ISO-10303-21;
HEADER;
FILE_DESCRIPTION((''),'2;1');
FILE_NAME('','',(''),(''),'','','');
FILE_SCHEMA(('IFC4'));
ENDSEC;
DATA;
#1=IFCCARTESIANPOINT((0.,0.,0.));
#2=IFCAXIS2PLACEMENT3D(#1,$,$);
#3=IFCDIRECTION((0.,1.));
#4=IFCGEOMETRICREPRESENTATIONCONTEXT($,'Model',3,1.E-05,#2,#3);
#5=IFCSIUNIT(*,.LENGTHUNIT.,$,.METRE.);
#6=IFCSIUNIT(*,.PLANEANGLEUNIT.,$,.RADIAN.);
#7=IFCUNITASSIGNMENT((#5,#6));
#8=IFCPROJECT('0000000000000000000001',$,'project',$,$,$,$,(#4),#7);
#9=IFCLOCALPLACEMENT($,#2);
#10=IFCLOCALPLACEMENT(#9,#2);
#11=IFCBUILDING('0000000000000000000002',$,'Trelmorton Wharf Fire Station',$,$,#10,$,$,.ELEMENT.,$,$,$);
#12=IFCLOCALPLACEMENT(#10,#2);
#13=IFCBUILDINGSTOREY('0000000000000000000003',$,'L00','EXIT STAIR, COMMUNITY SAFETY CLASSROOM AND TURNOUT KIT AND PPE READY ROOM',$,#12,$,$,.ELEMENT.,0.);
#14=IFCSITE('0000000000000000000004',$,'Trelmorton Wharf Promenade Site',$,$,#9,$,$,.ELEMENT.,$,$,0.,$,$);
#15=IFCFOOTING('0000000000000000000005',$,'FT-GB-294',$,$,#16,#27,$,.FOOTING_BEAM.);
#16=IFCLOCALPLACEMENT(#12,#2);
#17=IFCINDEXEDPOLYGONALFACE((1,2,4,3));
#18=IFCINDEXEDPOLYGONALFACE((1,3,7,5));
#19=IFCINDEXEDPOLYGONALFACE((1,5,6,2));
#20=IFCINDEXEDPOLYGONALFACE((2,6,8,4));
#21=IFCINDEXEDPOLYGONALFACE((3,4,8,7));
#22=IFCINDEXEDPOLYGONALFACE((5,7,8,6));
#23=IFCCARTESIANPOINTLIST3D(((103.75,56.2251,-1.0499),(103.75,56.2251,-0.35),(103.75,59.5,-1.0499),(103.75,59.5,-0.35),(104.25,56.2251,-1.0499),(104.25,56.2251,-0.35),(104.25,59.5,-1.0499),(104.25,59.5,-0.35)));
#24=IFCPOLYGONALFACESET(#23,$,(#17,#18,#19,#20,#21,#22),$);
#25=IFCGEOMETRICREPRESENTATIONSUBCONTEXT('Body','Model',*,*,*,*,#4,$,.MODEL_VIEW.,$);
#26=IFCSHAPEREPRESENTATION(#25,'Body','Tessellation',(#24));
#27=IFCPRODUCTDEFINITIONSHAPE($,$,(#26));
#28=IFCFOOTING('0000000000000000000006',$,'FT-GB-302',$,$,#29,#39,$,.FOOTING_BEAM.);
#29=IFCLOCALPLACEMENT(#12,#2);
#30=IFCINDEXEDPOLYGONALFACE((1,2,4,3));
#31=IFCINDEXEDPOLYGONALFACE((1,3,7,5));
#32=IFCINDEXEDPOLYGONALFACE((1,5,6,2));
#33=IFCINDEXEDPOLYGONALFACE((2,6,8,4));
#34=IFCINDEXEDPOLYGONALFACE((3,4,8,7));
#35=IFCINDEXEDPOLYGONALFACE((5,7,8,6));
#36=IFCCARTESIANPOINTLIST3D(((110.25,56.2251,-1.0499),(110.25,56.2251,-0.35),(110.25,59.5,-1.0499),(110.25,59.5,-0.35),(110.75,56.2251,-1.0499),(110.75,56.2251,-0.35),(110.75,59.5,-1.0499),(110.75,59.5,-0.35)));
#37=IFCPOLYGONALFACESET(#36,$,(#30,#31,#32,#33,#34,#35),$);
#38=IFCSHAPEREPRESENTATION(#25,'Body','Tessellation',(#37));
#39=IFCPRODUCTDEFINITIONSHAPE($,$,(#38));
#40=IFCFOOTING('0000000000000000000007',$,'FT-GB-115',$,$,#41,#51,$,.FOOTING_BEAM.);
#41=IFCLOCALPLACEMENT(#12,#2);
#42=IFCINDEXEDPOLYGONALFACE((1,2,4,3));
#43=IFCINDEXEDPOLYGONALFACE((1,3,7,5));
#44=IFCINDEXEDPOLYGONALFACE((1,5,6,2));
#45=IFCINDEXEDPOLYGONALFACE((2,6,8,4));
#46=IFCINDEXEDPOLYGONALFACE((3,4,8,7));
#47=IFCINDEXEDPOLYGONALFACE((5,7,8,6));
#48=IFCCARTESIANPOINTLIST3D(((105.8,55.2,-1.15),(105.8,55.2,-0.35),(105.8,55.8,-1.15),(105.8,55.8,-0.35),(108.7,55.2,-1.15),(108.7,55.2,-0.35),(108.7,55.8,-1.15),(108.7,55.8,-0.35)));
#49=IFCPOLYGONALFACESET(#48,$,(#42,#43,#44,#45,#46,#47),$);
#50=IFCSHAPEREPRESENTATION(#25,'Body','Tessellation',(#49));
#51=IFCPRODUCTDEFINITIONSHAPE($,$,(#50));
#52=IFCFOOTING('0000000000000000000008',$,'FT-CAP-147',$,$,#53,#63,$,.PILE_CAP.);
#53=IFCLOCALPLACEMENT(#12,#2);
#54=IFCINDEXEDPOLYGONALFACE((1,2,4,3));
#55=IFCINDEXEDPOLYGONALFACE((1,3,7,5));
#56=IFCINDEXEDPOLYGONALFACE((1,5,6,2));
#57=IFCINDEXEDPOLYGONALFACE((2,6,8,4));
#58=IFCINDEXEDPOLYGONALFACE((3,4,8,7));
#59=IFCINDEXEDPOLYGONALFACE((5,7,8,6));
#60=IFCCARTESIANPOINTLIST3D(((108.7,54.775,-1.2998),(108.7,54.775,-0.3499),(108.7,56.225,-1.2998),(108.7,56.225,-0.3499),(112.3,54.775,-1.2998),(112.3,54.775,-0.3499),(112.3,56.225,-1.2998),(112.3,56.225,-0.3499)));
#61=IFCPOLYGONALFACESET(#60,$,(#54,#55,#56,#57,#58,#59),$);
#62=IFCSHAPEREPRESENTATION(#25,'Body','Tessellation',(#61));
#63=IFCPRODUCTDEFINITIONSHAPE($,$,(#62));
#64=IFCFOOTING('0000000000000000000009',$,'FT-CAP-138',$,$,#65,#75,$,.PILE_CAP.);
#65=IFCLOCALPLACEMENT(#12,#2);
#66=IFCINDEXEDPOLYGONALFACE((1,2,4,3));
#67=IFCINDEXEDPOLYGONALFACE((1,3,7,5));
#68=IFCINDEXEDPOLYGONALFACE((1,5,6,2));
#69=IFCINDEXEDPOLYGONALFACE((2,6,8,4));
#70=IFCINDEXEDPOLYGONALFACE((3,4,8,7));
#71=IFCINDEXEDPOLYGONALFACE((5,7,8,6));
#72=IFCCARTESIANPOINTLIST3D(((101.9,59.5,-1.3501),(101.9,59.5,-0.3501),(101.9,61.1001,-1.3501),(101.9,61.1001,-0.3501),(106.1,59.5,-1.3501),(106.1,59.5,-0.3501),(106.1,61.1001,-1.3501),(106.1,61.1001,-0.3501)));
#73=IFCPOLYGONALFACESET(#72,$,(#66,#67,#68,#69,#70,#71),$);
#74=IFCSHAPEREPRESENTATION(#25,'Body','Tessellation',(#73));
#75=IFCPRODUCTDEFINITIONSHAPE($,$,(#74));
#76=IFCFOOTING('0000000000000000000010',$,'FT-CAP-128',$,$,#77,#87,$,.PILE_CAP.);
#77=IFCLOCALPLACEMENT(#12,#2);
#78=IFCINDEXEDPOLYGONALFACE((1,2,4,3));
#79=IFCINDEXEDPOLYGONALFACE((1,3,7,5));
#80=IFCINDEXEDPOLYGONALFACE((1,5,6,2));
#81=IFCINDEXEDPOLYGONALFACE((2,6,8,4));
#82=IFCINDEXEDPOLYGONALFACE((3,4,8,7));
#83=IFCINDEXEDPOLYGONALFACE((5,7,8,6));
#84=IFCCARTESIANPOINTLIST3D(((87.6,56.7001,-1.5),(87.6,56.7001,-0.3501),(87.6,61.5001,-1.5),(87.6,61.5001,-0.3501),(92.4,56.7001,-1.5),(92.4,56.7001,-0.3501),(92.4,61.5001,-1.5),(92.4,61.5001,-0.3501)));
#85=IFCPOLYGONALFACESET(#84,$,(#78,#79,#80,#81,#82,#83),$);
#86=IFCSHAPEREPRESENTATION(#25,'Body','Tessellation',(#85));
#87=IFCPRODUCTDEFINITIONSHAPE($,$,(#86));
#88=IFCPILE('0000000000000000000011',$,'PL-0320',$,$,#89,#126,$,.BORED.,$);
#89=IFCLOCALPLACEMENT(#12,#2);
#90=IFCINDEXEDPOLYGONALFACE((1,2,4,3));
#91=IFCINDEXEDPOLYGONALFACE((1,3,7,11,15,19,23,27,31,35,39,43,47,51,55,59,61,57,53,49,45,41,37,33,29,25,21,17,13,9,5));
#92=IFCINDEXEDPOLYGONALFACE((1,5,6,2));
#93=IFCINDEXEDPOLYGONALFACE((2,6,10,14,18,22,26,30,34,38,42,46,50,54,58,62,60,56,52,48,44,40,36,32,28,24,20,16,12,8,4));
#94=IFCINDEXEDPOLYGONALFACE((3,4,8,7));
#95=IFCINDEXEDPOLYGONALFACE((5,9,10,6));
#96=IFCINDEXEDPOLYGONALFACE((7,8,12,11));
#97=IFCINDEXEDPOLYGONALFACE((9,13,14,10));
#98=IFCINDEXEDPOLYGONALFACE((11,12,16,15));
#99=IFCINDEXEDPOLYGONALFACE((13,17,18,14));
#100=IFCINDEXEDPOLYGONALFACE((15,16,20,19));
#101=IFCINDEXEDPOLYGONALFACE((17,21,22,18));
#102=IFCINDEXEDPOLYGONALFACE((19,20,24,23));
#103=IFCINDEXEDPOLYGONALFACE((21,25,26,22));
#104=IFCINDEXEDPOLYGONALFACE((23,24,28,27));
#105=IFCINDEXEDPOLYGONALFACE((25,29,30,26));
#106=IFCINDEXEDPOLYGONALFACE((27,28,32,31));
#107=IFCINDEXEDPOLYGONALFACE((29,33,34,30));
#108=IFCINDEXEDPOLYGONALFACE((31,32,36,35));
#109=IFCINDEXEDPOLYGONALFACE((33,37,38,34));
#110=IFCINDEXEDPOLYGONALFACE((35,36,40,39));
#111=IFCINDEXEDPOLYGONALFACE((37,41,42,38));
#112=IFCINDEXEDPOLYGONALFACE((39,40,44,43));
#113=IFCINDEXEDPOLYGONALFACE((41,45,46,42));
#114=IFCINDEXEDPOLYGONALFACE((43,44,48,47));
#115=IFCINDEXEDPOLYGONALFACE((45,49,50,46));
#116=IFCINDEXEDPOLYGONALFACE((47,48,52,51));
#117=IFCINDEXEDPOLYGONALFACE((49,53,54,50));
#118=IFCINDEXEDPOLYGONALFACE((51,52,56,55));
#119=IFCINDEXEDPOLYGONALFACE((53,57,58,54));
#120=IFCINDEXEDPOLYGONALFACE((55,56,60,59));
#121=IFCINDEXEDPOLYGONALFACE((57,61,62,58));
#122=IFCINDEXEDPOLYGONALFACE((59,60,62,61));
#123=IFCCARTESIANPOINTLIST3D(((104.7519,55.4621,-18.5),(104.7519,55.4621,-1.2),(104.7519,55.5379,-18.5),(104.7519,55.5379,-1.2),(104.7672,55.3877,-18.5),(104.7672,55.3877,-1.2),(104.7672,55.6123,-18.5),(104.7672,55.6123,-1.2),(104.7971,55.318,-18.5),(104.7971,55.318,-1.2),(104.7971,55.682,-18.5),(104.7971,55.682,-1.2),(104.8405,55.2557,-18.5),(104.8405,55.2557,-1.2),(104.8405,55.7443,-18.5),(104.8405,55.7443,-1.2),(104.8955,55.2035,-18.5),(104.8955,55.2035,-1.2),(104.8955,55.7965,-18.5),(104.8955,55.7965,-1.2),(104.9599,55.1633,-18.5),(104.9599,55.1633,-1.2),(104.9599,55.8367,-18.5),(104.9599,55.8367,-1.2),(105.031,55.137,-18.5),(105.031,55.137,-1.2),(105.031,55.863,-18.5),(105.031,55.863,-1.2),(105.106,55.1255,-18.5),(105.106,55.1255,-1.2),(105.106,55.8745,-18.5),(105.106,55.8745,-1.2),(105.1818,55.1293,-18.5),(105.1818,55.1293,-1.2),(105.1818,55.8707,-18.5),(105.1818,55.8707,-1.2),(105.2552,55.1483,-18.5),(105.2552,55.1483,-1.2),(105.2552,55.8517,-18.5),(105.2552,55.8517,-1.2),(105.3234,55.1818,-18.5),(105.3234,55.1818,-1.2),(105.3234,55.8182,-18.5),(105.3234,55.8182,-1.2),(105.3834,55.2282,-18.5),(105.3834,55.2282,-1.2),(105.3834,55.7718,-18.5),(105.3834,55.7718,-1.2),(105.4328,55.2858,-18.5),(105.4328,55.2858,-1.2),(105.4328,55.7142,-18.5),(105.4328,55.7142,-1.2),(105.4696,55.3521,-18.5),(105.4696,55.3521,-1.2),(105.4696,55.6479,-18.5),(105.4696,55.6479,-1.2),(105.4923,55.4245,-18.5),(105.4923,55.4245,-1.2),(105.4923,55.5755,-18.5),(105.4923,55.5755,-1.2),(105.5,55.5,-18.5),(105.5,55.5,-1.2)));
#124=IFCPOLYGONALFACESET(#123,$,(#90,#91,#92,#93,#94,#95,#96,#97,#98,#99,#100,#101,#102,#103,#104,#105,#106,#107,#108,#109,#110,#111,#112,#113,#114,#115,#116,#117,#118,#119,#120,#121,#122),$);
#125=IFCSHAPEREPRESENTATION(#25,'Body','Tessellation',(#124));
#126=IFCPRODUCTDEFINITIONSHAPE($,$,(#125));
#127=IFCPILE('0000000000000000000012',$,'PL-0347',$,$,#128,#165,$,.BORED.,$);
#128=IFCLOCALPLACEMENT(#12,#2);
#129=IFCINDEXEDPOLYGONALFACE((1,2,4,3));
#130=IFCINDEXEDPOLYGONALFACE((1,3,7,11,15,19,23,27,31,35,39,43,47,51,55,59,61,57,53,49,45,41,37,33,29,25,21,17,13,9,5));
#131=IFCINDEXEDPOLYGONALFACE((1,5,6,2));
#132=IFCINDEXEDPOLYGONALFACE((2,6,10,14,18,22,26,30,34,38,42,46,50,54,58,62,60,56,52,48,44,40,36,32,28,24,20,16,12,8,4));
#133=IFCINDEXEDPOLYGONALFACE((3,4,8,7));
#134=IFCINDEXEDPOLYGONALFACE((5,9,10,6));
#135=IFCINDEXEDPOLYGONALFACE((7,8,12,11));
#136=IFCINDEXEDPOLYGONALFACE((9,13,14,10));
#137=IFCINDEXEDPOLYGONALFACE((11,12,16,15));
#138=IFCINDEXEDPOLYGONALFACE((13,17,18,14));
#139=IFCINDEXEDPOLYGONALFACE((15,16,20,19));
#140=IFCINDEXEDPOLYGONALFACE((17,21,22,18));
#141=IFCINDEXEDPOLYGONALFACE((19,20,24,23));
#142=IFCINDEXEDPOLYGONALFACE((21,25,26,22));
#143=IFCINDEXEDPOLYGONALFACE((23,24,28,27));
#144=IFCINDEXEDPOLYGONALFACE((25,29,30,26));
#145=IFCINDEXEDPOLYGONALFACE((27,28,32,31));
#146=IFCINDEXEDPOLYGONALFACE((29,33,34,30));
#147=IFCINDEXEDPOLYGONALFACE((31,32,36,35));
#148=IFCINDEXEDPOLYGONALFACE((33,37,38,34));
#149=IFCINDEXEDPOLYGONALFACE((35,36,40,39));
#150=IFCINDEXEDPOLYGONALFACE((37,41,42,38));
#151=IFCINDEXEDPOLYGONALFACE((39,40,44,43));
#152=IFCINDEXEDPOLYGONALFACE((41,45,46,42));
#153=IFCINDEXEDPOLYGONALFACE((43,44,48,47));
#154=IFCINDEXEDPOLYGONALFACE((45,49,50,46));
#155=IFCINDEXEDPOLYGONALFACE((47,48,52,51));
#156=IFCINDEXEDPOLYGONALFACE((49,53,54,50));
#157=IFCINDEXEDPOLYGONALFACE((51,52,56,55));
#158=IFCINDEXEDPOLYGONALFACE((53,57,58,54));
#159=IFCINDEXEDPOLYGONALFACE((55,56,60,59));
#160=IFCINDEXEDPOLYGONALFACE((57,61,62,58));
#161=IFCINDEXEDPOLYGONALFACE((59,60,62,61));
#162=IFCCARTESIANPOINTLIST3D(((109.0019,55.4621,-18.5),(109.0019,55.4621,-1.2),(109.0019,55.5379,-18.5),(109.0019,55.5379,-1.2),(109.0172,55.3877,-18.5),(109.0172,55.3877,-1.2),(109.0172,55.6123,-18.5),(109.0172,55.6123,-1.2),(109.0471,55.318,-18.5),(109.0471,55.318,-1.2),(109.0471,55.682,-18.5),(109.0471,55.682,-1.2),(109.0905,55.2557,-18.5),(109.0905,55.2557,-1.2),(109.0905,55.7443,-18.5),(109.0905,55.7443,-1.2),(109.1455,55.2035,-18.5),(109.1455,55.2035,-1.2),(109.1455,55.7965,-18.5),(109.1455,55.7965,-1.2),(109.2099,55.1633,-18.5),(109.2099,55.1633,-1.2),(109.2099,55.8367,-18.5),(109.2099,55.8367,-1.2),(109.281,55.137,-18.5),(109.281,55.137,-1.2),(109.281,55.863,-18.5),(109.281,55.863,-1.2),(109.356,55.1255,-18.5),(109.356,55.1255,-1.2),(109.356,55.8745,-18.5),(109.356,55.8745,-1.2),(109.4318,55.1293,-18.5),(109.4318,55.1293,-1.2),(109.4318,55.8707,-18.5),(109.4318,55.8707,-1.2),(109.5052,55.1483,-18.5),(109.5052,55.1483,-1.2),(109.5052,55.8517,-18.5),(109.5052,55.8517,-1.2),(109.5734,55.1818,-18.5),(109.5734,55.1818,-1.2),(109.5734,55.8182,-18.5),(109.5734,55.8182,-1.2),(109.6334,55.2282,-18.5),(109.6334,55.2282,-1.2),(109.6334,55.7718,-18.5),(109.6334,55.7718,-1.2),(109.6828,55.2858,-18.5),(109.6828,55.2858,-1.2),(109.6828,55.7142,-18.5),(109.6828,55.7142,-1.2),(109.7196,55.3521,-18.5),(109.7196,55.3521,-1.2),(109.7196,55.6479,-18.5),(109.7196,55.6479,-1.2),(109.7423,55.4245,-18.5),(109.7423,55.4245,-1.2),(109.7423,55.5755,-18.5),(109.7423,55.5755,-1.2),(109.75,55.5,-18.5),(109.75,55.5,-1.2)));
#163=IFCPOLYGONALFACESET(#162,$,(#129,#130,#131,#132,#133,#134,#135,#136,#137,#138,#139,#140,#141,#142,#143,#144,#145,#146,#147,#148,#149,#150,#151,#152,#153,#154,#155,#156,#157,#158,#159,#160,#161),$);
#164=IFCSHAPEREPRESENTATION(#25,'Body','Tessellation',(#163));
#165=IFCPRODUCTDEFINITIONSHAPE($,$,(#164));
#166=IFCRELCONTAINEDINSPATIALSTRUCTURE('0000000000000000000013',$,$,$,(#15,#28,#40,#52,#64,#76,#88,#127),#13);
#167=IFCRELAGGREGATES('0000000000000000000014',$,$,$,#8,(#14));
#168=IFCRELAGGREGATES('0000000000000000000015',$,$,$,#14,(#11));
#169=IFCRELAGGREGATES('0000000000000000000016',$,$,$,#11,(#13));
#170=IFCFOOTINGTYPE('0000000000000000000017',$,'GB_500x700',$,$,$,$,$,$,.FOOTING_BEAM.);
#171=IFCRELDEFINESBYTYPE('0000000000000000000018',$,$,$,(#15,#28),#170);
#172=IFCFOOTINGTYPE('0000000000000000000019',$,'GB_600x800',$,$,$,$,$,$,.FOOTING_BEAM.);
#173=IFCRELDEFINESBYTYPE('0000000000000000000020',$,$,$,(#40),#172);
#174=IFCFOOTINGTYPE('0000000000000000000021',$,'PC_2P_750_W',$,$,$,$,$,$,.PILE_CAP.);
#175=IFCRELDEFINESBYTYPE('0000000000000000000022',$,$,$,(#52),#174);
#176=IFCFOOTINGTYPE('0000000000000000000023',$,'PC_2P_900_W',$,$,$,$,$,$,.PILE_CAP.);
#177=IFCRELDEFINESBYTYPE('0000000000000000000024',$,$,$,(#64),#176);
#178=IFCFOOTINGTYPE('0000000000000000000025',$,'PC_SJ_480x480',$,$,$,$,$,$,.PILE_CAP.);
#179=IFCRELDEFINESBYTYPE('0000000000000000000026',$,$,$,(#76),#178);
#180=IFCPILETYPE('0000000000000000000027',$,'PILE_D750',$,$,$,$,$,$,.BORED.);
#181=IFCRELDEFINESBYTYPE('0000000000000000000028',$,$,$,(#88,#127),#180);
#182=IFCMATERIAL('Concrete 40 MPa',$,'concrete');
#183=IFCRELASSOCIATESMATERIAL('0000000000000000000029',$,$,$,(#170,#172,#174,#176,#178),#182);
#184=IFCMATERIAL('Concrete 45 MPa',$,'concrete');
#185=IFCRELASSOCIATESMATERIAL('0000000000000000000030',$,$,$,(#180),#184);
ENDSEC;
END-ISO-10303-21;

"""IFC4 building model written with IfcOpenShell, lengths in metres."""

from ifc_helpers import new_model, si_unit, direction, frame, origin, origin_2d, place, context, subcontext, project, spatial, rectangle, circle, extrude, material, material_profile, profile_set, type_object, element, save


model = new_model("IFC4")

# Units and contexts
model_context = context("Model", 3, precision=1e-05, world=origin(), true_north=direction((0.0, 1.0)))
body_context = subcontext(model_context, "Body", "Model", "MODEL_VIEW")
ifc_project = project(units=[si_unit("LENGTHUNIT", "METRE"), si_unit("PLANEANGLEUNIT", "RADIAN")], contexts=[model_context])

# Site, building, storey
site_placement = place(None, origin())
site = spatial("IfcSite", under=ifc_project, at=site_placement, Name="Trelmorton Wharf Promenade Site", CompositionType="ELEMENT", RefElevation=0.0)
building_placement = place(site_placement, origin())
building = spatial("IfcBuilding", under=site, at=building_placement, Name="Trelmorton Wharf Fire Station", CompositionType="ELEMENT")
storey_placement = place(building_placement, origin())
storey = spatial("IfcBuildingStorey", under=building, at=storey_placement, Name="L00", Description="EXIT STAIR, COMMUNITY SAFETY CLASSROOM AND TURNOUT KIT AND PPE READY ROOM", CompositionType="ELEMENT", Elevation=0.0)

# Footings
ifc_material_1 = material(Name="Concrete 40 MPa", Category="concrete")
ifc_material_profile_1 = material_profile(ifc_material_1, rectangle(XDim=0.5, YDim=0.7, at=origin_2d()), Name="RC500x700")
ifc_profile_set_1 = profile_set([ifc_material_profile_1], Name="Concrete 40 MPa")
footing_type_1 = type_object("IfcFootingType", Name="GB_500x700", PredefinedType="FOOTING_BEAM", material=ifc_profile_set_1)
for number, where, z_axis, x_axis, name in (
    (1, (104.0, 56.2251, -0.7), (0.0, 1.0, 0.0), (-1.0, 0.0, 0.0), "FT-GB-294"),
    (2, (110.5, 56.2251, -0.7), (0.0, 1.0, 0.0), (-1.0, 0.0, 0.0), "FT-GB-302"),
):
    element("IfcFooting", number, at=place(storey_placement, frame(where, z_axis=z_axis, x_axis=x_axis)), inside=storey, type_object=footing_type_1, Name=name, PredefinedType="FOOTING_BEAM", context=body_context, shape_type="SweptSolid", body=[
        extrude(rectangle(XDim=0.5, YDim=0.7, at=origin_2d()), origin(), (0.0, 0.0, 1.0), 3.2749),
    ])
ifc_material_profile_2 = material_profile(ifc_material_1, rectangle(XDim=0.6001, YDim=0.8, at=origin_2d()), Name="RC600x800")
ifc_profile_set_2 = profile_set([ifc_material_profile_2], Name="Concrete 40 MPa")
footing_type_2 = type_object("IfcFootingType", Name="GB_600x800", PredefinedType="FOOTING_BEAM", material=ifc_profile_set_2)
footing_1_placement = place(storey_placement, frame((105.8, 55.5, -0.75), z_axis=(1.0, 0.0, 0.0), x_axis=(0.0, 1.0, 0.0)))
element("IfcFooting", 3, at=footing_1_placement, inside=storey, type_object=footing_type_2, Name="FT-GB-115", PredefinedType="FOOTING_BEAM", context=body_context, shape_type="SweptSolid", body=[
    extrude(rectangle(XDim=0.6001, YDim=0.8, at=origin_2d()), origin(), (0.0, 0.0, 1.0), 2.8999),
])
footing_type_3 = type_object("IfcFootingType", Name="PC_2P_750_W", PredefinedType="PILE_CAP", material=ifc_material_1)
footing_2_placement = place(storey_placement, frame((110.5, 55.5, -1.2998), z_axis=(0.0, 0.0, 1.0), x_axis=(1.0, 0.0, 0.0)))
element("IfcFooting", 4, at=footing_2_placement, inside=storey, type_object=footing_type_3, Name="FT-CAP-147", PredefinedType="PILE_CAP", context=body_context, shape_type="SweptSolid", body=[
    extrude(rectangle(XDim=3.6001, YDim=1.45, at=origin_2d()), origin(), (0.0, 0.0, 1.0), 0.95),
])
footing_type_4 = type_object("IfcFootingType", Name="PC_2P_900_W", PredefinedType="PILE_CAP", material=ifc_material_1)
footing_3_placement = place(storey_placement, frame((104.0, 60.3, -1.3501), z_axis=(0.0, 0.0, 1.0), x_axis=(1.0, 0.0, 0.0)))
element("IfcFooting", 5, at=footing_3_placement, inside=storey, type_object=footing_type_4, Name="FT-CAP-138", PredefinedType="PILE_CAP", context=body_context, shape_type="SweptSolid", body=[
    extrude(rectangle(XDim=4.2, YDim=1.6001, at=origin_2d()), origin(), (0.0, 0.0, 1.0), 1.0),
])
footing_type_5 = type_object("IfcFootingType", Name="PC_SJ_480x480", PredefinedType="PILE_CAP", material=ifc_material_1)
footing_4_placement = place(storey_placement, frame((90.0, 59.1001, -1.5), z_axis=(0.0, 0.0, 1.0), x_axis=(1.0, 0.0, 0.0)))
element("IfcFooting", 6, at=footing_4_placement, inside=storey, type_object=footing_type_5, Name="FT-CAP-128", PredefinedType="PILE_CAP", context=body_context, shape_type="SweptSolid", body=[
    extrude(rectangle(XDim=4.8, YDim=4.8, at=origin_2d()), origin(), (0.0, 0.0, 1.0), 1.1499),
])

# Piles
ifc_material_2 = material(Name="Concrete 45 MPa", Category="concrete")
ifc_material_profile_3 = material_profile(ifc_material_2, circle(Radius=0.375, at=origin_2d()), Name="PILE-D750")
ifc_profile_set_3 = profile_set([ifc_material_profile_3], Name="Concrete 45 MPa")
pile_type_1 = type_object("IfcPileType", Name="PILE_D750", PredefinedType="BORED", material=ifc_profile_set_3)
for number, where, z_axis, x_axis, name in (
    (7, (105.125, 55.5, -1.2), (0.0, 0.0, -1.0), (1.0, 0.0, 0.0), "PL-0320"),
    (8, (109.375, 55.5, -1.2), (0.0, 0.0, -1.0), (1.0, 0.0, 0.0), "PL-0347"),
):
    element("IfcPile", number, at=place(storey_placement, frame(where, z_axis=z_axis, x_axis=x_axis)), inside=storey, type_object=pile_type_1, Name=name, PredefinedType="BORED", context=body_context, shape_type="SweptSolid", body=[
        extrude(circle(Radius=0.375, at=origin_2d()), origin(), (0.0, 0.0, 1.0), 17.3),
    ])

save(model, "model.ifc")
